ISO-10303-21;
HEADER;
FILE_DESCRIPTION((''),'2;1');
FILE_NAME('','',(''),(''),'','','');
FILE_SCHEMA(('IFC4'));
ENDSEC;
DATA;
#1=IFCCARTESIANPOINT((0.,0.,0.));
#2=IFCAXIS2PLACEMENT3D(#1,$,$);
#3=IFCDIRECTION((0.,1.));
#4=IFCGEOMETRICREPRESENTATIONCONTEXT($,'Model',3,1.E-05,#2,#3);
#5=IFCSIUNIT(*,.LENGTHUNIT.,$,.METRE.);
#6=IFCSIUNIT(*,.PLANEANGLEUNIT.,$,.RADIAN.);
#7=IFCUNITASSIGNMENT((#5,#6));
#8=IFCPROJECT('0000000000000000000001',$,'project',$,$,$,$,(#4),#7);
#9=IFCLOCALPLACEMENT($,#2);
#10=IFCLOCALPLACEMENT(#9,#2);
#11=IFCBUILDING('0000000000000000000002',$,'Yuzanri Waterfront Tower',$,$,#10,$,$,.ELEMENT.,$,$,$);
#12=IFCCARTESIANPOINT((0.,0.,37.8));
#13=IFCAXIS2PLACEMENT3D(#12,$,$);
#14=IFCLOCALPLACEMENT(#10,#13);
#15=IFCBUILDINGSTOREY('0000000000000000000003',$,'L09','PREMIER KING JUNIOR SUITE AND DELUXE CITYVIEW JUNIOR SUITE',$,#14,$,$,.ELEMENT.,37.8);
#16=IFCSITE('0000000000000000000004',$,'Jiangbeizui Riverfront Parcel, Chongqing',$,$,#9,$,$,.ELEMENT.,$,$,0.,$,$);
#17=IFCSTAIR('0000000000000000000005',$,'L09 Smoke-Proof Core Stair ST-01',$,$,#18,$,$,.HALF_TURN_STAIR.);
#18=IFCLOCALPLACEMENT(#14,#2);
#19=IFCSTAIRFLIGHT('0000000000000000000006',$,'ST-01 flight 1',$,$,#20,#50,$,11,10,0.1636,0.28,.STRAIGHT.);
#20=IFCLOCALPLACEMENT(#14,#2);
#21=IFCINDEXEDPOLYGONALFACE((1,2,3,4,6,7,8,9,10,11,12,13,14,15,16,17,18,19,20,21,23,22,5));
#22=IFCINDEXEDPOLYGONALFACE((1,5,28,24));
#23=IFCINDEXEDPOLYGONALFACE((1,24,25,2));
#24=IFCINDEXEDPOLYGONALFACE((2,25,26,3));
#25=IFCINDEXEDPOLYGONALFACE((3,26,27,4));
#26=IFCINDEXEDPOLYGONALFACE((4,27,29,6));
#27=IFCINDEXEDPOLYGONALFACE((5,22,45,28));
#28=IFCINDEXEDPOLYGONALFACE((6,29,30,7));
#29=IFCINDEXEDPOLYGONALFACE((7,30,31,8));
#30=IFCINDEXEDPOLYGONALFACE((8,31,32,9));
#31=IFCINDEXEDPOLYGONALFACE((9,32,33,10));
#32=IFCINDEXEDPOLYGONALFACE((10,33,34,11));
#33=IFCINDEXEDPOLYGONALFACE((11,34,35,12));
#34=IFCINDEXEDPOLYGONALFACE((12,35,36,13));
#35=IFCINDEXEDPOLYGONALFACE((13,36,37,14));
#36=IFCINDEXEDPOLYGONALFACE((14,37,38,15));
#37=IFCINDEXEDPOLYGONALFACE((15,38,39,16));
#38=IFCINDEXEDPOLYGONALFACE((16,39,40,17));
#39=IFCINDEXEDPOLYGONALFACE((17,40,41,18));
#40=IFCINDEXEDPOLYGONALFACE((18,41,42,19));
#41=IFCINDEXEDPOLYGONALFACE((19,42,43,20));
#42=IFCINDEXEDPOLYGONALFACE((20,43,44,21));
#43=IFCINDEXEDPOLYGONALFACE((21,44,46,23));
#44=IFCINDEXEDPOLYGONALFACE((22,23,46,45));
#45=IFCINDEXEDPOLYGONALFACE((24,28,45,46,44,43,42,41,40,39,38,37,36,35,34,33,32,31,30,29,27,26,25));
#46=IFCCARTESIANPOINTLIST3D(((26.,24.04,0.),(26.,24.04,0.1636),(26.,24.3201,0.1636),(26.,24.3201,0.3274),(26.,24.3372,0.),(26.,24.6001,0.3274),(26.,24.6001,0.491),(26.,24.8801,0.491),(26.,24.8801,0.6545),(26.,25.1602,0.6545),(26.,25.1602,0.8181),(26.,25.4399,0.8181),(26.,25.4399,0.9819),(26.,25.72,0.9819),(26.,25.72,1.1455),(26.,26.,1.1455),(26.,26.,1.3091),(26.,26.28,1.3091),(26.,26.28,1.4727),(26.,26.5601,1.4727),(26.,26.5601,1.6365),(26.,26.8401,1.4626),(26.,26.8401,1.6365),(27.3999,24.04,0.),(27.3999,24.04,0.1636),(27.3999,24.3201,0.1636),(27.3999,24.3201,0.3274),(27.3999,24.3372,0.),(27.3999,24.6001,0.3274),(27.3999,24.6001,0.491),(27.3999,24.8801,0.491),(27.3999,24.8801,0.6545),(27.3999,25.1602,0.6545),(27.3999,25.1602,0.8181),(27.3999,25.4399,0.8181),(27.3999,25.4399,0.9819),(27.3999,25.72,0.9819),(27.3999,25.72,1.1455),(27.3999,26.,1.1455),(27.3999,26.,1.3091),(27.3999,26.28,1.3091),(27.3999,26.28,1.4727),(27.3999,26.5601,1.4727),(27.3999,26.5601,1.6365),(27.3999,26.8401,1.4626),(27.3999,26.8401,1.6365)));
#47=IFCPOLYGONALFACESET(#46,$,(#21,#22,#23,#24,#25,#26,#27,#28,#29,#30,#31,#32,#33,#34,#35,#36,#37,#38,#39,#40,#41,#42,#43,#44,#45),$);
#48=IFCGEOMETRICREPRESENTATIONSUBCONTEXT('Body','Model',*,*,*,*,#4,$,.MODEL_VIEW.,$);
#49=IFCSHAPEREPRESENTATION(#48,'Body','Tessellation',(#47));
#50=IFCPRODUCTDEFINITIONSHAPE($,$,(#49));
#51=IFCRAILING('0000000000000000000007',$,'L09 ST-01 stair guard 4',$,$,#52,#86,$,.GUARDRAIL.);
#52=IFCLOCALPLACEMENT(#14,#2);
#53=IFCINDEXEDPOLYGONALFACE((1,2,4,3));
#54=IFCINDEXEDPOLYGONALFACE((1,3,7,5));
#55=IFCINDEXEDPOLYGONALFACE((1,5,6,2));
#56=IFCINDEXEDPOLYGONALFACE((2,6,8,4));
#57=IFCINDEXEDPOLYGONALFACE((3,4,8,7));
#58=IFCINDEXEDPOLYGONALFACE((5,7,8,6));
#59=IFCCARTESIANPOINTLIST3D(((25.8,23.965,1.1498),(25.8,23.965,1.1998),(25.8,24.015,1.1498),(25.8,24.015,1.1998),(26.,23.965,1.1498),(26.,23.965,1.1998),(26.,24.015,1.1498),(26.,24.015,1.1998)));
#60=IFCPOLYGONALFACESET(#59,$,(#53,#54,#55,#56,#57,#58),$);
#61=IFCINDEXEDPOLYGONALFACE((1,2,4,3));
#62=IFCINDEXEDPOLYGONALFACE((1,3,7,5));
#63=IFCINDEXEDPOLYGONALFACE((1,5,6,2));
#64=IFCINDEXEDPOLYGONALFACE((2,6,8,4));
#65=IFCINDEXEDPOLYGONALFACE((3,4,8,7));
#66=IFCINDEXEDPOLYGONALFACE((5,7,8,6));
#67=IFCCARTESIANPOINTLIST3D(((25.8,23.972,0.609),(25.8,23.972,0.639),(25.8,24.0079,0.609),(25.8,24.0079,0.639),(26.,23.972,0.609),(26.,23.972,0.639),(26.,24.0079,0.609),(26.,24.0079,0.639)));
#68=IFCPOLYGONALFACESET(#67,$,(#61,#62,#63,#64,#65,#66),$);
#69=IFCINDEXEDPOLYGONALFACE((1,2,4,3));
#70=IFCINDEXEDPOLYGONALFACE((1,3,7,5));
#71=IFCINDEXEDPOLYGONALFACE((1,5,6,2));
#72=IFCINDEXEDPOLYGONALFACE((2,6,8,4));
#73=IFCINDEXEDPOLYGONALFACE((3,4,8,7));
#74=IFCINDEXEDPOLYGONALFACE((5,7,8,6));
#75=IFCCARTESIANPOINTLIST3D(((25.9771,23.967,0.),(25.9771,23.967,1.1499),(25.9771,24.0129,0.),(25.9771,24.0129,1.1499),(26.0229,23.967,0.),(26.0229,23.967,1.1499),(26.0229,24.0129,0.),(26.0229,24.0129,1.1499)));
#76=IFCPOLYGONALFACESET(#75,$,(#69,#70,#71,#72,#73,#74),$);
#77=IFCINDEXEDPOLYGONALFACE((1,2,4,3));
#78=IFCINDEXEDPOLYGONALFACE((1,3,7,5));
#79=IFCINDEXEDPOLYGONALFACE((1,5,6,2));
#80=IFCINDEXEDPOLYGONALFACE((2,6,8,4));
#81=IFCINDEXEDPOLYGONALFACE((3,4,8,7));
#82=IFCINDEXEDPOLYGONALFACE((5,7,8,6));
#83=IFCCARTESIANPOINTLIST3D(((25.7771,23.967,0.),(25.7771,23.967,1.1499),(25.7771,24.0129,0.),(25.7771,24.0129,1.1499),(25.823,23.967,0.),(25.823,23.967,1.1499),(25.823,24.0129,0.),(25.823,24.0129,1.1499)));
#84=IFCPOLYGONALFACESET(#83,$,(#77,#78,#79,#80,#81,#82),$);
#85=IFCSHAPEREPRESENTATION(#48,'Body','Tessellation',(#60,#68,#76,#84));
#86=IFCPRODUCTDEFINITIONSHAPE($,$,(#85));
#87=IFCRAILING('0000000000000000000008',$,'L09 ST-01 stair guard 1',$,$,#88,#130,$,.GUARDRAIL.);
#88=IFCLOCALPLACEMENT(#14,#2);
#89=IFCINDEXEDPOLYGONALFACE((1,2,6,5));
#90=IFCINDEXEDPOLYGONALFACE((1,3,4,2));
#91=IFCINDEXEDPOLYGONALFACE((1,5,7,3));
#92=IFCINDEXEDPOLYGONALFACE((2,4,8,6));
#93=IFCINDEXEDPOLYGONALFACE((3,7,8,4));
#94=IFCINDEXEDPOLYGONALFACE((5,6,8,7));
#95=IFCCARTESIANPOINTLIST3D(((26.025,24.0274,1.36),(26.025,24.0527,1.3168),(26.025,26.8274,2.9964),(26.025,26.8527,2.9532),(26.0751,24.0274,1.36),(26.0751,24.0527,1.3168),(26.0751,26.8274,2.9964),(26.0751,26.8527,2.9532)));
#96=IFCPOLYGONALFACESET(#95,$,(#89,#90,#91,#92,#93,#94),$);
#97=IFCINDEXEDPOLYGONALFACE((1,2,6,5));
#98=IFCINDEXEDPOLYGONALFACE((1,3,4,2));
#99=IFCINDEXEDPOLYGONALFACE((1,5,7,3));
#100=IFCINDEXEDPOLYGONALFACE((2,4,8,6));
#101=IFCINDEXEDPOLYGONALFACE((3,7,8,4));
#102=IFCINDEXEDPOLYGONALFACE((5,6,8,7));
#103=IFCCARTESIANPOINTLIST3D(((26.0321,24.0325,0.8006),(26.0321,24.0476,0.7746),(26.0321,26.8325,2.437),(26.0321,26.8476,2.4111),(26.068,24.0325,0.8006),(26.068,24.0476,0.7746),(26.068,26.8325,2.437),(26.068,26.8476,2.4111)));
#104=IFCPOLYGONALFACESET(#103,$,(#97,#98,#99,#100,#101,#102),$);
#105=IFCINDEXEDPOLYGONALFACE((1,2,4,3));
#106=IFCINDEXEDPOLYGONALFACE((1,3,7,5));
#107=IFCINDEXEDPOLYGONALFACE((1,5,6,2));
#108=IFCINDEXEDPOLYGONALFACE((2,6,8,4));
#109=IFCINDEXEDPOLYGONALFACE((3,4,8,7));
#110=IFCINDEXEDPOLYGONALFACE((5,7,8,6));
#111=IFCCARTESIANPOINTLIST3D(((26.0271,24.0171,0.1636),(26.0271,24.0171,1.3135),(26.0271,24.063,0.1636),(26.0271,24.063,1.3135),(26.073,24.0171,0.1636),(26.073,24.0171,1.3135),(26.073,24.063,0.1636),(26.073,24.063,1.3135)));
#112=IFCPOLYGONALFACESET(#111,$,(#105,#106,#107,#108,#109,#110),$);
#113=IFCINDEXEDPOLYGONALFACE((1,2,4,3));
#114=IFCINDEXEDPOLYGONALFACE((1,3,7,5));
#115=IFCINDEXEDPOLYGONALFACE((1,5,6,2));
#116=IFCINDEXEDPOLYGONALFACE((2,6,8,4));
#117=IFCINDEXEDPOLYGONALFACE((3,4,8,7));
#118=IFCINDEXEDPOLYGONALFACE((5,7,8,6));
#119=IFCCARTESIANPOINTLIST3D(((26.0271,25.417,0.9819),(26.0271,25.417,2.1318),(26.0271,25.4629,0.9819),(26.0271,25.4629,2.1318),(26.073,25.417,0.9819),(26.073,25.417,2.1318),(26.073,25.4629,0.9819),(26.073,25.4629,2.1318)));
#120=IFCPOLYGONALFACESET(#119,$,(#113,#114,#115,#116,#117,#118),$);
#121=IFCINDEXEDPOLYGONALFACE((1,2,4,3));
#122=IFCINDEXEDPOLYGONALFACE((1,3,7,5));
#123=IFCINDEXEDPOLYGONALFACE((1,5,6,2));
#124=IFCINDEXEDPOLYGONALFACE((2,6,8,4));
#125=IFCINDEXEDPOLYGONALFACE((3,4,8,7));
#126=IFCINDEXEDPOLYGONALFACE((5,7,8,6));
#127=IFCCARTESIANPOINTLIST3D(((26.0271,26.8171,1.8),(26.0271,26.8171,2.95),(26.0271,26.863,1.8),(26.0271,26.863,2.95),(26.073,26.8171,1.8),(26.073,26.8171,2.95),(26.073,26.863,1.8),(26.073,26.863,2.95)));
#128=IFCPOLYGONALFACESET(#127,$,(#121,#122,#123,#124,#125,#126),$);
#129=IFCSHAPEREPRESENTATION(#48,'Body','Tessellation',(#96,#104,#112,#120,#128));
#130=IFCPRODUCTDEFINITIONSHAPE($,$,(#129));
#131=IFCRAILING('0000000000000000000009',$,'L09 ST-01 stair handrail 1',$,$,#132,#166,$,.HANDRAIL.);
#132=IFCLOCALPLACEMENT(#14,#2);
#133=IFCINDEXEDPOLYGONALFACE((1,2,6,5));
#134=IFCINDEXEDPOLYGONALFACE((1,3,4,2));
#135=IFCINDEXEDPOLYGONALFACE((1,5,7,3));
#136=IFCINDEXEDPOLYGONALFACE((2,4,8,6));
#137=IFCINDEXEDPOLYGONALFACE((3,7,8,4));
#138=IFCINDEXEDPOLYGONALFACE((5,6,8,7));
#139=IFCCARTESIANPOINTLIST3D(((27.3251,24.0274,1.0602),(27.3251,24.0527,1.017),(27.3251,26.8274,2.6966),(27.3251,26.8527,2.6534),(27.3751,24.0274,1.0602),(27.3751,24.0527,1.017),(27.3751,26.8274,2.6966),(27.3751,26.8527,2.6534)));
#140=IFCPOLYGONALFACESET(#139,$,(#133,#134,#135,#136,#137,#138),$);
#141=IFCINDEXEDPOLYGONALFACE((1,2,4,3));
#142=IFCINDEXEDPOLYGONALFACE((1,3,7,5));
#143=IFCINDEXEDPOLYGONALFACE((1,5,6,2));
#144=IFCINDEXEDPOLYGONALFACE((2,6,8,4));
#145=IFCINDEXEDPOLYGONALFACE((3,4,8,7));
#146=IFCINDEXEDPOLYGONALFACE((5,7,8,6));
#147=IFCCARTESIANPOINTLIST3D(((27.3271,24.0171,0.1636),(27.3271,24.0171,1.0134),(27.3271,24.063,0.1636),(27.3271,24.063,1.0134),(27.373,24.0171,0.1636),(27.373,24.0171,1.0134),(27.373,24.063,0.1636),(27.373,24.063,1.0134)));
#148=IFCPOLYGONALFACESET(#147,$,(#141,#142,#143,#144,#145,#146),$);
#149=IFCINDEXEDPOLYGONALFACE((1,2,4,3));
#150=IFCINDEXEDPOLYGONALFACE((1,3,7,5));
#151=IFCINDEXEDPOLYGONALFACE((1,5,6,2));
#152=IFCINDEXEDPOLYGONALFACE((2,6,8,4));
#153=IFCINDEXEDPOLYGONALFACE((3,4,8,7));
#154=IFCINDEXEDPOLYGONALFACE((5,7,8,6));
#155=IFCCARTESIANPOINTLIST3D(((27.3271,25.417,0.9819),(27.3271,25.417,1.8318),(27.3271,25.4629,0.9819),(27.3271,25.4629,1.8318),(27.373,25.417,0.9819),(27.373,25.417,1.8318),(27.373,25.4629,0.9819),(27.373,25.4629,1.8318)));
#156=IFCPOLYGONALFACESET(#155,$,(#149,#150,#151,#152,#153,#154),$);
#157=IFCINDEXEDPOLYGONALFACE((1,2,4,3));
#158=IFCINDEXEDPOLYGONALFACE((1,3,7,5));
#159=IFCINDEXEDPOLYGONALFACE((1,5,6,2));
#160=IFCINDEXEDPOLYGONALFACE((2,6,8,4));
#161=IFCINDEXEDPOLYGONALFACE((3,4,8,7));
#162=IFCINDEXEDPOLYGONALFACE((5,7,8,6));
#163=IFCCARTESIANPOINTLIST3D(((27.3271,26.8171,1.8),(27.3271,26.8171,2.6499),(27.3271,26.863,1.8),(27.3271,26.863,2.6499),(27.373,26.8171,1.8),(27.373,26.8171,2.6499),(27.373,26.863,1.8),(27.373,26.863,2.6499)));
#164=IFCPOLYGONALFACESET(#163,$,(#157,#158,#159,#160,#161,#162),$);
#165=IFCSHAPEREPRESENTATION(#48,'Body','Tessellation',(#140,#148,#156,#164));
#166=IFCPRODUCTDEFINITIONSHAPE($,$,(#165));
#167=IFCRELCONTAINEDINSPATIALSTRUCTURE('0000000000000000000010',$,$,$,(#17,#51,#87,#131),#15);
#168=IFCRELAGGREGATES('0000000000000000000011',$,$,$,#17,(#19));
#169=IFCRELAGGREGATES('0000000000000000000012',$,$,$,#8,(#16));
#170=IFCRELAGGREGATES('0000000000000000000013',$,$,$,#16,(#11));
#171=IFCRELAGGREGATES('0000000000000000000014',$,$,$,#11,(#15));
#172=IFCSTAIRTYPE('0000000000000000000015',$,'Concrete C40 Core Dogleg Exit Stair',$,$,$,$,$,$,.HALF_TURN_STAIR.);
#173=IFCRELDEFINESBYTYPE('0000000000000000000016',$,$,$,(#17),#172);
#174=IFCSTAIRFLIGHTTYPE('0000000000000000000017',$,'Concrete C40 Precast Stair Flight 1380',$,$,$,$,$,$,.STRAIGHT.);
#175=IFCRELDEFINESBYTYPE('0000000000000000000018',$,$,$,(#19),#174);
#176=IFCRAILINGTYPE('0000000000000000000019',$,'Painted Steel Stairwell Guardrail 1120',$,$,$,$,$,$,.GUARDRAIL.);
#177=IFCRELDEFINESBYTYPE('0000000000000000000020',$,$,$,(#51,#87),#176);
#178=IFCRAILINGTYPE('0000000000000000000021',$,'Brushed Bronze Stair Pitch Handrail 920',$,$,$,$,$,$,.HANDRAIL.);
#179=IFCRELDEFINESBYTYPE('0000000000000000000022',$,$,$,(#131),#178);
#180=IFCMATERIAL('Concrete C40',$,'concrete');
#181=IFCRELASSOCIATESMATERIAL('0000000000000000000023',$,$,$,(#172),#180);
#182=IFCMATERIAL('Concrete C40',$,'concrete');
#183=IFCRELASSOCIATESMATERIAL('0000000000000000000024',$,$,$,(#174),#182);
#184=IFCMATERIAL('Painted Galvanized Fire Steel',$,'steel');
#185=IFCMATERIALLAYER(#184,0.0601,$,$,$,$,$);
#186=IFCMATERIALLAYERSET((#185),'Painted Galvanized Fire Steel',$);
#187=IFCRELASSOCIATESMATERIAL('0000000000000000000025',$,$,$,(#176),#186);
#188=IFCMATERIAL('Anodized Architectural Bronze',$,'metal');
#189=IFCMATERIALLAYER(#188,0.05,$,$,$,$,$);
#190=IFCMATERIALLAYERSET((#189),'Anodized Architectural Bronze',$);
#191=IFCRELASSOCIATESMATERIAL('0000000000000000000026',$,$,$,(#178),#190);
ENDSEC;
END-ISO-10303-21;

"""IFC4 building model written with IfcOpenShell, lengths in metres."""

from ifc_helpers import new_model, si_unit, direction, frame, origin, origin_2d, place, context, subcontext, project, spatial, polyline, rectangle, outline, extrude, source, transform, mapped, material, layer, layer_set, type_object, element, aggregate, save


model = new_model("IFC4")

# Units and contexts
model_context = context("Model", 3, precision=1e-05, world=origin(), true_north=direction((0.0, 1.0)))
body_context = subcontext(model_context, "Body", "Model", "MODEL_VIEW")
ifc_project = project(units=[si_unit("LENGTHUNIT", "METRE"), si_unit("PLANEANGLEUNIT", "RADIAN")], contexts=[model_context])

# Site, building, storey
site_placement = place(None, origin())
site = spatial("IfcSite", under=ifc_project, at=site_placement, Name="Jiangbeizui Riverfront Parcel, Chongqing", CompositionType="ELEMENT", RefElevation=0.0)
building_placement = place(site_placement, origin())
building = spatial("IfcBuilding", under=site, at=building_placement, Name="Yuzanri Waterfront Tower", CompositionType="ELEMENT")
storey_placement = place(building_placement, frame((0.0, 0.0, 37.8)))
storey = spatial("IfcBuildingStorey", under=building, at=storey_placement, Name="L09", Description="PREMIER KING JUNIOR SUITE AND DELUXE CITYVIEW JUNIOR SUITE", CompositionType="ELEMENT", Elevation=37.8)

# Stair, stair flight
ifc_material_1 = material(Name="Concrete C40", Category="concrete")
stair_type = type_object("IfcStairType", Name="Concrete C40 Core Dogleg Exit Stair", PredefinedType="HALF_TURN_STAIR", material=ifc_material_1)
stair_placement = place(storey_placement, origin())
stair = element("IfcStair", 1, at=stair_placement, inside=storey, type_object=stair_type, Name="L09 Smoke-Proof Core Stair ST-01", PredefinedType="HALF_TURN_STAIR")
ifc_material_2 = material(Name="Concrete C40", Category="concrete")
stair_flight_type = type_object("IfcStairFlightType", Name="Concrete C40 Precast Stair Flight 1380", PredefinedType="STRAIGHT", material=ifc_material_2)
shared_shape_1 = source(origin(), body_context, "Body", "SweptSolid", [
    extrude(outline(polyline([(0.0, 0.0), (0.0, 0.1636), (0.28, 0.1636), (0.28, 0.3274), (0.5601, 0.3274), (0.5601, 0.491), (0.8401, 0.491), (0.8401, 0.6545), (1.1201, 0.6545), (1.1201, 0.8181), (1.3999, 0.8181), (1.3999, 0.9819), (1.6799, 0.9819), (1.6799, 1.1455), (1.96, 1.1455), (1.96, 1.3091), (2.24, 1.3091), (2.24, 1.4727), (2.52, 1.4727), (2.52, 1.6365), (2.8, 1.6365), (2.8, 1.8), (2.8, 1.4626), (0.2971, 0.0), (0.0, 0.0)])), frame((0.0, 0.7, 0.0), z_axis=(0.0, -1.0, 0.0), x_axis=(1.0, 0.0, 0.0)), (0.0, 0.0, 1.0), 1.3999),
])
stair_flight_placement = place(storey_placement, frame((26.7, 24.04, 0.0), z_axis=(0.0, 0.0, 1.0), x_axis=(0.0, 1.0, 0.0)))
stair_flight = element("IfcStairFlight", 2, at=stair_flight_placement, type_object=stair_flight_type, Name="ST-01 flight 1", NumberOfRisers=11, NumberOfTreads=10, PredefinedType="STRAIGHT", RiserHeight=0.1636, TreadLength=0.28, context=body_context, shape_type="MappedRepresentation", body=[
    mapped(shared_shape_1, transform((0.0, 0.0, 0.0), scale=1.0)),
])
aggregate(stair, [stair_flight])

# Railings
ifc_material_3 = material(Name="Painted Galvanized Fire Steel", Category="steel")
ifc_layer_1 = layer(ifc_material_3, 0.0601)
ifc_layer_set_1 = layer_set([ifc_layer_1], Name="Painted Galvanized Fire Steel")
railing_type_1 = type_object("IfcRailingType", Name="Painted Steel Stairwell Guardrail 1120", PredefinedType="GUARDRAIL", material=ifc_layer_set_1)
shared_shape_2 = source(origin(), body_context, "Body", "SweptSolid", [
    extrude(rectangle(XDim=0.05, YDim=0.05, at=origin_2d()), frame((0.0, 0.0, 1.1748), z_axis=(-1.0, 0.0, 0.0), x_axis=(0.0, -1.0, 0.0)), (0.0, 0.0, 1.0), 0.2),
    extrude(rectangle(XDim=0.0359, YDim=0.03, at=origin_2d()), frame((0.0, 0.0, 0.624), z_axis=(-1.0, 0.0, 0.0), x_axis=(0.0, -1.0, 0.0)), (0.0, 0.0, 1.0), 0.2),
    extrude(rectangle(XDim=0.0459, YDim=0.0459, at=origin_2d()), origin(), (0.0, 0.0, 1.0), 1.1499),
    extrude(rectangle(XDim=0.0459, YDim=0.0459, at=origin_2d()), frame((-0.2, 0.0, 0.0)), (0.0, 0.0, 1.0), 1.1499),
])
railing_1_placement = place(storey_placement, frame((26.0, 23.99, 0.0)))
element("IfcRailing", 3, at=railing_1_placement, inside=storey, type_object=railing_type_1, Name="L09 ST-01 stair guard 4", PredefinedType="GUARDRAIL", context=body_context, shape_type="MappedRepresentation", body=[
    mapped(shared_shape_2, transform((0.0, 0.0, 0.0), scale=1.0)),
])
shared_shape_3 = source(origin(), body_context, "Body", "SweptSolid", [
    extrude(rectangle(XDim=0.05, YDim=0.05, at=origin_2d()), frame((0.0, 0.0, 1.1748), z_axis=(0.0, 0.863361, 0.504587), x_axis=(-1.0, 0.0, 0.0)), (0.0, 0.0, 1.0), 3.2432),
    extrude(rectangle(XDim=0.0359, YDim=0.03, at=origin_2d()), frame((0.0, 0.0, 0.624), z_axis=(0.0, 0.863361, 0.504587), x_axis=(-1.0, 0.0, 0.0)), (0.0, 0.0, 1.0), 3.2432),
    extrude(rectangle(XDim=0.0459, YDim=0.0459, at=origin_2d()), origin(), (0.0, 0.0, 1.0), 1.1499),
    extrude(rectangle(XDim=0.0459, YDim=0.0459, at=origin_2d()), frame((0.0, 1.3999, 0.8184)), (0.0, 0.0, 1.0), 1.1499),
    extrude(rectangle(XDim=0.0459, YDim=0.0459, at=origin_2d()), frame((0.0, 2.8, 1.6365)), (0.0, 0.0, 1.0), 1.1499),
])
railing_2_placement = place(storey_placement, frame((26.05, 24.04, 0.1636)))
element("IfcRailing", 4, at=railing_2_placement, inside=storey, type_object=railing_type_1, Name="L09 ST-01 stair guard 1", PredefinedType="GUARDRAIL", context=body_context, shape_type="MappedRepresentation", body=[
    mapped(shared_shape_3, transform((0.0, 0.0, 0.0), scale=1.0)),
])
ifc_material_4 = material(Name="Anodized Architectural Bronze", Category="metal")
ifc_layer_2 = layer(ifc_material_4, 0.05)
ifc_layer_set_2 = layer_set([ifc_layer_2], Name="Anodized Architectural Bronze")
railing_type_2 = type_object("IfcRailingType", Name="Brushed Bronze Stair Pitch Handrail 920", PredefinedType="HANDRAIL", material=ifc_layer_set_2)
shared_shape_4 = source(origin(), body_context, "Body", "SweptSolid", [
    extrude(rectangle(XDim=0.05, YDim=0.05, at=origin_2d()), frame((0.0, 0.0, 0.875), z_axis=(0.0, 0.863361, 0.504587), x_axis=(-1.0, 0.0, 0.0)), (0.0, 0.0, 1.0), 3.2432),
    extrude(rectangle(XDim=0.0459, YDim=0.0459, at=origin_2d()), origin(), (0.0, 0.0, 1.0), 0.8499),
    extrude(rectangle(XDim=0.0459, YDim=0.0459, at=origin_2d()), frame((0.0, 1.3999, 0.8184)), (0.0, 0.0, 1.0), 0.8499),
    extrude(rectangle(XDim=0.0459, YDim=0.0459, at=origin_2d()), frame((0.0, 2.8, 1.6365)), (0.0, 0.0, 1.0), 0.8499),
])
railing_3_placement = place(storey_placement, frame((27.3501, 24.04, 0.1636)))
element("IfcRailing", 5, at=railing_3_placement, inside=storey, type_object=railing_type_2, Name="L09 ST-01 stair handrail 1", PredefinedType="HANDRAIL", context=body_context, shape_type="MappedRepresentation", body=[
    mapped(shared_shape_4, transform((0.0, 0.0, 0.0), scale=1.0)),
])

save(model, "model.ifc")
